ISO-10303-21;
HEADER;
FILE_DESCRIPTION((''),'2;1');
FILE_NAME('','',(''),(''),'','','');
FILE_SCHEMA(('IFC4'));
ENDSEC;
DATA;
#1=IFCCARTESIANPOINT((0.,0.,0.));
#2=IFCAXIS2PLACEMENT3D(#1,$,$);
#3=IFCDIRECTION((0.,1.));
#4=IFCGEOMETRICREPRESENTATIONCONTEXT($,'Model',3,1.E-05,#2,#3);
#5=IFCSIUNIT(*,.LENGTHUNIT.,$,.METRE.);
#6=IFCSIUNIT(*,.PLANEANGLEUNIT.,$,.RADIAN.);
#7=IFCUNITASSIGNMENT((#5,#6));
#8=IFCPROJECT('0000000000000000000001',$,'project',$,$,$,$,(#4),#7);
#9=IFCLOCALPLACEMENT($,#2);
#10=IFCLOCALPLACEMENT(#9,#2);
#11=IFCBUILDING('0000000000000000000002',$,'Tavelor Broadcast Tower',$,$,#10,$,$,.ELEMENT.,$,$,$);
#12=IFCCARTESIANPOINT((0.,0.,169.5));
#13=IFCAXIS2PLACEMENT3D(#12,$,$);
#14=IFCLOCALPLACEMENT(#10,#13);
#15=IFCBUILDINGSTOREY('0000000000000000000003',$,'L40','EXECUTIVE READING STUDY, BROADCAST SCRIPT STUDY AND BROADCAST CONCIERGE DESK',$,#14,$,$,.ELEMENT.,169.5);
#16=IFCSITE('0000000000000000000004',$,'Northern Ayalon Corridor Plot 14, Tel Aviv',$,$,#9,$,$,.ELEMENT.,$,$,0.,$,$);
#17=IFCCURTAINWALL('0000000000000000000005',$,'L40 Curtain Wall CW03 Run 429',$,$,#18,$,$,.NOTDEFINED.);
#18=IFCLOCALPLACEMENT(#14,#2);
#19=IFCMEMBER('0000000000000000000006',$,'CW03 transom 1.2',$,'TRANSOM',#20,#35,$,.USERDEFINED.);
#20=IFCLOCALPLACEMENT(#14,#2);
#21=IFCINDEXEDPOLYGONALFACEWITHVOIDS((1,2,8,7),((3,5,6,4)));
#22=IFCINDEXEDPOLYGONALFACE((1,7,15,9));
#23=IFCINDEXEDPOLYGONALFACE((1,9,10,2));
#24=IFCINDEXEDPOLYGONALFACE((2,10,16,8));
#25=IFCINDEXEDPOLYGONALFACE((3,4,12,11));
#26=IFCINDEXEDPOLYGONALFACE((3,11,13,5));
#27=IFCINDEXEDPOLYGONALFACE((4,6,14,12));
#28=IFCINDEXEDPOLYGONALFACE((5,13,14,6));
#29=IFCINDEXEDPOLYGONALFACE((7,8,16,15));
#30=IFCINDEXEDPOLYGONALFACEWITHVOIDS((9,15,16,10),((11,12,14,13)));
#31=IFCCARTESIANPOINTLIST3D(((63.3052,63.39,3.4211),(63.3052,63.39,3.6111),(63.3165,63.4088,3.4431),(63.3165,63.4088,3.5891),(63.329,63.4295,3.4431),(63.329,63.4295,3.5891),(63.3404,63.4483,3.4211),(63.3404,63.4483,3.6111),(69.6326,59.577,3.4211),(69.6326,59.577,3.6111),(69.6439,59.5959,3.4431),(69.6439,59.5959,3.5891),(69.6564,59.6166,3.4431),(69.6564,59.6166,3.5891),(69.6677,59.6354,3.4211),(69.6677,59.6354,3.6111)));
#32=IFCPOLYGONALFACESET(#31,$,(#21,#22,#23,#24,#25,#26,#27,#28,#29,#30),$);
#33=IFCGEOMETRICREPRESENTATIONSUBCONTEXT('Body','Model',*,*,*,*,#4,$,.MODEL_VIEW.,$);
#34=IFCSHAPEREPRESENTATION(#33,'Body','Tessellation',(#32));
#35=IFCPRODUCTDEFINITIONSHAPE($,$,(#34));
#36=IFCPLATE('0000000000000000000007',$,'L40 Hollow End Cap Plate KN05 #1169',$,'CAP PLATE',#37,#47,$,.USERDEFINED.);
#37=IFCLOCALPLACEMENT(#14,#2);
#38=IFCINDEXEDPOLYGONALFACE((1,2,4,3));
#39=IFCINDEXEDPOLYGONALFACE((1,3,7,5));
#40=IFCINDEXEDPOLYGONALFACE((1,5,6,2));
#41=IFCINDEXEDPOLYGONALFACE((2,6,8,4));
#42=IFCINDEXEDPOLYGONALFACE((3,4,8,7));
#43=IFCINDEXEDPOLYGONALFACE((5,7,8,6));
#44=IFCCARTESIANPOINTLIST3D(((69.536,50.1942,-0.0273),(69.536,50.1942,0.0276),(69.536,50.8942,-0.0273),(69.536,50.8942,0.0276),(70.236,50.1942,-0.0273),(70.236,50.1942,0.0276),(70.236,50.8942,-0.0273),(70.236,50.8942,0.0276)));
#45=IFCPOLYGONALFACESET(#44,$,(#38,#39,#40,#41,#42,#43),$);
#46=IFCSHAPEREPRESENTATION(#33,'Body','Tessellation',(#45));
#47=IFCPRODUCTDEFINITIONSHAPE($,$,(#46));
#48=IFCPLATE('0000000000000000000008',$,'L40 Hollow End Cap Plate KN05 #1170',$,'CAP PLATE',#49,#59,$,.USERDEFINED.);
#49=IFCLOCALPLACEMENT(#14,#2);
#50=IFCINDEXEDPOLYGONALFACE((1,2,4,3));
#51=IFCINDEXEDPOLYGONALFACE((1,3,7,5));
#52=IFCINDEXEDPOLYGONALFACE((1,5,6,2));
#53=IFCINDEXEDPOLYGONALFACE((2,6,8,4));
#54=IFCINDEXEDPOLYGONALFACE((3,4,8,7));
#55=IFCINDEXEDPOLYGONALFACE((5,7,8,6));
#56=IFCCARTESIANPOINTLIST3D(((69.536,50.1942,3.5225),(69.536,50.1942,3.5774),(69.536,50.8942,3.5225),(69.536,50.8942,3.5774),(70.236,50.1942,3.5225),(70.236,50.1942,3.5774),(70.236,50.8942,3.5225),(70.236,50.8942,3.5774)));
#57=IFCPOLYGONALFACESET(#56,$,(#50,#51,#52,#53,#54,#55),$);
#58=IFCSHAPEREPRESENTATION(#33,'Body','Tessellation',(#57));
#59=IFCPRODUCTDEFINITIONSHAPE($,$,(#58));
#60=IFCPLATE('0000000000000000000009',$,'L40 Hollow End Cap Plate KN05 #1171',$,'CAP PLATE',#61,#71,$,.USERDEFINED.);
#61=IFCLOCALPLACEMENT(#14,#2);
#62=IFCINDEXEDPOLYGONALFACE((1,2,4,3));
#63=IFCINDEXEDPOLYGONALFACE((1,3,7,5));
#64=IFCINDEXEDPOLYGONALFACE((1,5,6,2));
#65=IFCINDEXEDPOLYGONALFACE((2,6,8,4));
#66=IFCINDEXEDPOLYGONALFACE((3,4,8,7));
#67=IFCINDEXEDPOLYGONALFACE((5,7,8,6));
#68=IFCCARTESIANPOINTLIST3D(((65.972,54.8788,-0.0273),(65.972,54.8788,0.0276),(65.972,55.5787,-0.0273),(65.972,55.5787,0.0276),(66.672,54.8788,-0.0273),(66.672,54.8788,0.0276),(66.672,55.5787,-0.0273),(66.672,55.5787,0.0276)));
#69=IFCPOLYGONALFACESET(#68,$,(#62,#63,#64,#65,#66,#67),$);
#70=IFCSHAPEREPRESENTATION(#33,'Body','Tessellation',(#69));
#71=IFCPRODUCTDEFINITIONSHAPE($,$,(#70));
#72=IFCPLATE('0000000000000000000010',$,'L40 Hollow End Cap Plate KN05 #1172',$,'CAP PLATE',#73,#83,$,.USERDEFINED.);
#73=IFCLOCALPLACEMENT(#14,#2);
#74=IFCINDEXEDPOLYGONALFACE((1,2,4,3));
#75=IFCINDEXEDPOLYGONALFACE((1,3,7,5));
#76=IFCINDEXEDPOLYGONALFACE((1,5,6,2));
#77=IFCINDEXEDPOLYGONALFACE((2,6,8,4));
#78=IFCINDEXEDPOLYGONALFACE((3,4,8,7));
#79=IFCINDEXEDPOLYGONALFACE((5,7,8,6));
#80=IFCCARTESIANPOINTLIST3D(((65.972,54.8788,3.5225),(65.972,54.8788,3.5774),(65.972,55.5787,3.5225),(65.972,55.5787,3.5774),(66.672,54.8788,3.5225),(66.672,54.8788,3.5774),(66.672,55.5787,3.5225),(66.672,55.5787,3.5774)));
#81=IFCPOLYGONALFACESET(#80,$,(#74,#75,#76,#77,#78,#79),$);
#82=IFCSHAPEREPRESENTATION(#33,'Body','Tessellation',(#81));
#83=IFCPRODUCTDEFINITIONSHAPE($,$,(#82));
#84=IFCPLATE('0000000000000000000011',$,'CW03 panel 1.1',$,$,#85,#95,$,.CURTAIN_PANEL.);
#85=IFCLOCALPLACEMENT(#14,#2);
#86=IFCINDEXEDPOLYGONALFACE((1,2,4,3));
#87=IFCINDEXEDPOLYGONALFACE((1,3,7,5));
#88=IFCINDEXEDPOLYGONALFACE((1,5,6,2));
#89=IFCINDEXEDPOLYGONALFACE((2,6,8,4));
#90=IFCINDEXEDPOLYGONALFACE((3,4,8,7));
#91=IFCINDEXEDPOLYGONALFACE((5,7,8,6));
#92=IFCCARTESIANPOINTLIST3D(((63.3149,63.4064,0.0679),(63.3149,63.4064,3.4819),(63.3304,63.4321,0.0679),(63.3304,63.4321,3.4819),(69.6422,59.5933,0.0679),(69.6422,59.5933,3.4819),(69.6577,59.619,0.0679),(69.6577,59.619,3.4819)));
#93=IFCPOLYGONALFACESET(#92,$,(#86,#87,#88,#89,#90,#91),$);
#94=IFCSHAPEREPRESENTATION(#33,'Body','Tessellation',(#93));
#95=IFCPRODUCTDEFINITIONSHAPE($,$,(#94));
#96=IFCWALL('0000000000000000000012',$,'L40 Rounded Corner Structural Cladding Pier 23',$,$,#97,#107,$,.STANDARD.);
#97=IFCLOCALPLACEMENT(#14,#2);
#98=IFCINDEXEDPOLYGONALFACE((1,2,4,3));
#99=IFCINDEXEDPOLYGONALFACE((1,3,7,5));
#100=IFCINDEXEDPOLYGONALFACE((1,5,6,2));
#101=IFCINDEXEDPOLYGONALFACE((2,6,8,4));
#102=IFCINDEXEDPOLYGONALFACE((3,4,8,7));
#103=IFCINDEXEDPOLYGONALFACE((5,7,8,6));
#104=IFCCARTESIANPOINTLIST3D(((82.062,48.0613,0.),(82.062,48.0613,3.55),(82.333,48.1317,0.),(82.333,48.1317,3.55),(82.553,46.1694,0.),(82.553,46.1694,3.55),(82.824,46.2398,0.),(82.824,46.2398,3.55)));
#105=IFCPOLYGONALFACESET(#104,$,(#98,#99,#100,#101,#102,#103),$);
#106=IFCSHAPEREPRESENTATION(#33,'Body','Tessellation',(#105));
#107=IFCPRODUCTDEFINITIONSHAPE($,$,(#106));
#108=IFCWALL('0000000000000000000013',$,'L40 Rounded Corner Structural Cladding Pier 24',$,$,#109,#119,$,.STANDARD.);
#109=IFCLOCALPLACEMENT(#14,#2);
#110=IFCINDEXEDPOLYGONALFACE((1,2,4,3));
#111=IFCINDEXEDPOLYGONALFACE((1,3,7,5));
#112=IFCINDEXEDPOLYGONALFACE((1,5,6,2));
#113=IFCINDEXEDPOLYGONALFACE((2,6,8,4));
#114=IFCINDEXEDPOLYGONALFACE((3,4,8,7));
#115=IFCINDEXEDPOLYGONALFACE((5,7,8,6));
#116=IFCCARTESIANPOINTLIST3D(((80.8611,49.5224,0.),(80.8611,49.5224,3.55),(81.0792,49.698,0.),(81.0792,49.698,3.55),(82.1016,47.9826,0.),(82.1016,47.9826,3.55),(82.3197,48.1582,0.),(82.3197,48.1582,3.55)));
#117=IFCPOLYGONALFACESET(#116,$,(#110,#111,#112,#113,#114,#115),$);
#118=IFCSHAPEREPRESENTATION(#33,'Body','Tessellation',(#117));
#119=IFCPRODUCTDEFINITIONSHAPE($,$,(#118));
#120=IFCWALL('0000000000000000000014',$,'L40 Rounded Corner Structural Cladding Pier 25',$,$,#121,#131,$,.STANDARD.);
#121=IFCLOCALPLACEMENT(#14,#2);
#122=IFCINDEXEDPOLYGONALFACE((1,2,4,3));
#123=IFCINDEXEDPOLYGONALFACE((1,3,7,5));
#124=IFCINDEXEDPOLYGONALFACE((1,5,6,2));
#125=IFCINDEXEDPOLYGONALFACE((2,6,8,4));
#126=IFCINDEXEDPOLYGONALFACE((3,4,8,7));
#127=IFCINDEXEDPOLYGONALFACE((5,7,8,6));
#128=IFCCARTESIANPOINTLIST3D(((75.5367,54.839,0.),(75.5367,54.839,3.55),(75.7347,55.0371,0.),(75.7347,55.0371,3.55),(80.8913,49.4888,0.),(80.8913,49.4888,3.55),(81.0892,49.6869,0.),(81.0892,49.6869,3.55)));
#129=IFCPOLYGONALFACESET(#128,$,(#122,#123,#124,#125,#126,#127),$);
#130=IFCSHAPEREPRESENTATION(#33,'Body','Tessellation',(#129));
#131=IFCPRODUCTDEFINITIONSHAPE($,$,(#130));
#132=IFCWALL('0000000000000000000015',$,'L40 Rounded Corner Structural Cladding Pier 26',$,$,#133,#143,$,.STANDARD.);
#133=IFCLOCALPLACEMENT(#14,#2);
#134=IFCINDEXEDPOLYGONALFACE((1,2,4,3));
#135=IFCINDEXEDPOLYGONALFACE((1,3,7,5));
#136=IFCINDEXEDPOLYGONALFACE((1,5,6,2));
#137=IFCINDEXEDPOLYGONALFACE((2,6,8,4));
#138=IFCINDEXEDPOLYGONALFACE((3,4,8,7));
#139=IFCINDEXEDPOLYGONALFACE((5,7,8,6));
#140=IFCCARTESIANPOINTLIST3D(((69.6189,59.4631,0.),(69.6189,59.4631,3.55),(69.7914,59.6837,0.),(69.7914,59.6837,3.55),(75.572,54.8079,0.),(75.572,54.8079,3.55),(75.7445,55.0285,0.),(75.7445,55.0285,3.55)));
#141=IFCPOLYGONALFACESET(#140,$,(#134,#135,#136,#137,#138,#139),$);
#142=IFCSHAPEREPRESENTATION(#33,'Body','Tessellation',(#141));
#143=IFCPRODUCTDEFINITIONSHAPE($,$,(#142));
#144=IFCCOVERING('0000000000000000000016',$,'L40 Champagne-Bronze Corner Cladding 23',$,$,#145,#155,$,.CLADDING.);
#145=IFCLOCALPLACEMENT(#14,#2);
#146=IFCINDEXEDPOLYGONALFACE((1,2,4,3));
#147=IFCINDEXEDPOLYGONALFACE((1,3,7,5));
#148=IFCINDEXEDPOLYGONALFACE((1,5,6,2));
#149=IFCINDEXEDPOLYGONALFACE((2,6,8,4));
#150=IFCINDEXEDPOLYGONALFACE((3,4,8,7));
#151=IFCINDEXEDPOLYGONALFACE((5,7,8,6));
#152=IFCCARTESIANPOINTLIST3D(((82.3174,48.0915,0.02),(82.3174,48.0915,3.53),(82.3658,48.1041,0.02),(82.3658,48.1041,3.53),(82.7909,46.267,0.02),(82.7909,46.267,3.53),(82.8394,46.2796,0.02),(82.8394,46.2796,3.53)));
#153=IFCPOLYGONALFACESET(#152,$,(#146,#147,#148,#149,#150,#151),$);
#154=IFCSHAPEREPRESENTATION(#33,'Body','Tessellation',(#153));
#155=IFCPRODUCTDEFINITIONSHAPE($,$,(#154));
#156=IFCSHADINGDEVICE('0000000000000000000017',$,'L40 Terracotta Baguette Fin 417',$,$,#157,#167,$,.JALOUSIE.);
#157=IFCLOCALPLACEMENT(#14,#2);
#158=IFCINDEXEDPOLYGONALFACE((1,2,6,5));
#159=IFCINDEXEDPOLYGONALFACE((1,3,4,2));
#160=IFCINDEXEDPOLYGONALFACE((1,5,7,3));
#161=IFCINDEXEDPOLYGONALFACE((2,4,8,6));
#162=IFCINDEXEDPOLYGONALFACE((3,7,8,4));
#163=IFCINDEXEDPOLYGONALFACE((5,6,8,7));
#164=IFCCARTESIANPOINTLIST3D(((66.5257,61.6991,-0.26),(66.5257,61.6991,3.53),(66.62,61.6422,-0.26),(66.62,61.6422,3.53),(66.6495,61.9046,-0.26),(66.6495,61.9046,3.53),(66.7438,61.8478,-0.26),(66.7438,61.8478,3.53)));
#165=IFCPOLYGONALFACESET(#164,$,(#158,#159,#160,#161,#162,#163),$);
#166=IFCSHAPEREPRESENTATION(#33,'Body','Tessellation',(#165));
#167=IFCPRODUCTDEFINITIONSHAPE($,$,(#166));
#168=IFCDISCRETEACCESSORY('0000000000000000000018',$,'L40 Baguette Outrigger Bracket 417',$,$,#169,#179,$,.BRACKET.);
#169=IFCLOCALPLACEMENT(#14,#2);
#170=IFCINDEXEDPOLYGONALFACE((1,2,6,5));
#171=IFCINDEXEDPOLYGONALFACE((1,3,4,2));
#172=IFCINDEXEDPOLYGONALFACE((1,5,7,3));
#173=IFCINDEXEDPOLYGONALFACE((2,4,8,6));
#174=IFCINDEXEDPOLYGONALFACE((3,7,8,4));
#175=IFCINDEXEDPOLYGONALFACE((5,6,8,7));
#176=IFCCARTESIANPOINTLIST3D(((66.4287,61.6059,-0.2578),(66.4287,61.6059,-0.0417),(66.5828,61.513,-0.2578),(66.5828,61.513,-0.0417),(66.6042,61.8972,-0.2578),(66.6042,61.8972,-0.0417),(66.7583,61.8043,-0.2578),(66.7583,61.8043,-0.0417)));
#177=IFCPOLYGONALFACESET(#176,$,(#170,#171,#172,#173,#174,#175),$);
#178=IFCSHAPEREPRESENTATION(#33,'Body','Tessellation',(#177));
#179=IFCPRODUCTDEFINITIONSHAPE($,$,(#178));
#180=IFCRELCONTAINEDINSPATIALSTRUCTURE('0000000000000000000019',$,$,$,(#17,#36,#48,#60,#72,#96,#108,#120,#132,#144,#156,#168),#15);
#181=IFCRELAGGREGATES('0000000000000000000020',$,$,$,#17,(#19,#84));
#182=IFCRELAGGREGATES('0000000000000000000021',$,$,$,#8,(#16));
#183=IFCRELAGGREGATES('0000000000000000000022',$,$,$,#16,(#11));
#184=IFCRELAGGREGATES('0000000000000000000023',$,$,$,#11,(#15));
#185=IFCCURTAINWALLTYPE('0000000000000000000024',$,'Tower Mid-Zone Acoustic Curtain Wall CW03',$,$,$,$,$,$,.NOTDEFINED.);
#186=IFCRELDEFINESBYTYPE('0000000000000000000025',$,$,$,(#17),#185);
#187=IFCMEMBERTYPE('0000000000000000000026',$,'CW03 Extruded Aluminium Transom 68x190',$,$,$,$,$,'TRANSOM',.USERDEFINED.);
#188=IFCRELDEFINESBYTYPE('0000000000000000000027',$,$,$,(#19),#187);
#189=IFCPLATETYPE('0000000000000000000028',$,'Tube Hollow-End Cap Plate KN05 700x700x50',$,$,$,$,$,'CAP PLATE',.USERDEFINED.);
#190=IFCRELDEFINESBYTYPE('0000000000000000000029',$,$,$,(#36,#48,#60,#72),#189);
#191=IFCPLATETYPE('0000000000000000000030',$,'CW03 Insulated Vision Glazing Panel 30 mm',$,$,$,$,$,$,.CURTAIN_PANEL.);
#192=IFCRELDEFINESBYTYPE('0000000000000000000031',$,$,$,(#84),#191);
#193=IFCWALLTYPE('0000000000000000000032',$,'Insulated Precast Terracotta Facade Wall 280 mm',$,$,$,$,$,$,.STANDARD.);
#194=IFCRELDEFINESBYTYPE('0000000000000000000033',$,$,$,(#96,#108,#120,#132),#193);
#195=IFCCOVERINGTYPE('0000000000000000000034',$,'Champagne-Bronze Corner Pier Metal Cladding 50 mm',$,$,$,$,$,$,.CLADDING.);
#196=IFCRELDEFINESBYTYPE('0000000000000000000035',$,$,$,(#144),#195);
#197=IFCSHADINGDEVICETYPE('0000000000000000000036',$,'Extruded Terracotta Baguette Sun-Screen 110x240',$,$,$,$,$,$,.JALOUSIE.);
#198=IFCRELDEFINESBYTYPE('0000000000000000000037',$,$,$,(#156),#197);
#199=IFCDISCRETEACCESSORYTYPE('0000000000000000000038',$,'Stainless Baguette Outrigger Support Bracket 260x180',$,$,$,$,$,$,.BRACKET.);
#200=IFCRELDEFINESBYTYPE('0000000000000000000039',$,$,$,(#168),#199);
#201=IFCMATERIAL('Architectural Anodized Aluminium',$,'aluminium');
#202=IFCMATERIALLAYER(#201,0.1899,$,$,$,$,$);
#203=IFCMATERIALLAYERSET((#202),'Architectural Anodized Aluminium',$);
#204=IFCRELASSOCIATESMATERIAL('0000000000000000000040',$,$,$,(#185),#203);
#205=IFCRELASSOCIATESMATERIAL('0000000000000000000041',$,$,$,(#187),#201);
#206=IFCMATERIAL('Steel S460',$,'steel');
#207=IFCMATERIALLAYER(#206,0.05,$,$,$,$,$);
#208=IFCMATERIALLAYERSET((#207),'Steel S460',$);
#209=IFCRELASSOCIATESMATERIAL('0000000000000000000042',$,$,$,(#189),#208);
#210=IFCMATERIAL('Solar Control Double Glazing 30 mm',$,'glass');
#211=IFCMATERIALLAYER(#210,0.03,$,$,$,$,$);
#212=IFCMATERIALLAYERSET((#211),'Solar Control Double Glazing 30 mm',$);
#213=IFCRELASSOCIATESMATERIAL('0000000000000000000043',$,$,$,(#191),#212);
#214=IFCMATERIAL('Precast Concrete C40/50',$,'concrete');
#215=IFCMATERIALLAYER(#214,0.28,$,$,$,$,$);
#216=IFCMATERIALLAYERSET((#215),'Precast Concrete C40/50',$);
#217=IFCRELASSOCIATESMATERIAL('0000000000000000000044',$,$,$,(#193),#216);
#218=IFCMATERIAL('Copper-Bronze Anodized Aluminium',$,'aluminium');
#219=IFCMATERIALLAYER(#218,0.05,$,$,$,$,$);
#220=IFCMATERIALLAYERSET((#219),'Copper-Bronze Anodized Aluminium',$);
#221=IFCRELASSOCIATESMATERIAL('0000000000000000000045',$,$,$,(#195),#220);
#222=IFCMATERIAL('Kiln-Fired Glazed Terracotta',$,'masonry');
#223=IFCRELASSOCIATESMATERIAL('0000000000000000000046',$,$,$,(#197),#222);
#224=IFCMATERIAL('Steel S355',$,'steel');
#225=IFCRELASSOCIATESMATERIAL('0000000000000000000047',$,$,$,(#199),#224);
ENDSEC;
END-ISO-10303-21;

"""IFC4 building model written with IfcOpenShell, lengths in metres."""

from ifc_helpers import new_model, si_unit, direction, frame, frame_2d, origin, origin_2d, place, context, subcontext, project, spatial, rectangle, hollow_rectangle, extrude, source, transform, mapped, material, layer, layer_set, material_profile, profile_set, type_object, type_shapes, element, aggregate, save


model = new_model("IFC4")

# Units and contexts
model_context = context("Model", 3, precision=1e-05, world=origin(), true_north=direction((0.0, 1.0)))
body_context = subcontext(model_context, "Body", "Model", "MODEL_VIEW")
ifc_project = project(units=[si_unit("LENGTHUNIT", "METRE"), si_unit("PLANEANGLEUNIT", "RADIAN")], contexts=[model_context])

# Site, building, storey
site_placement = place(None, origin())
site = spatial("IfcSite", under=ifc_project, at=site_placement, Name="Northern Ayalon Corridor Plot 14, Tel Aviv", CompositionType="ELEMENT", RefElevation=0.0)
building_placement = place(site_placement, origin())
building = spatial("IfcBuilding", under=site, at=building_placement, Name="Tavelor Broadcast Tower", CompositionType="ELEMENT")
storey_placement = place(building_placement, frame((0.0, 0.0, 169.5)))
storey = spatial("IfcBuildingStorey", under=building, at=storey_placement, Name="L40", Description="EXECUTIVE READING STUDY, BROADCAST SCRIPT STUDY AND BROADCAST CONCIERGE DESK", CompositionType="ELEMENT", Elevation=169.5)

# Shared definitions
ifc_material_1 = material(Name="Steel S460", Category="steel")

# Shared definitions
ifc_material_2 = material(Name="Steel S355", Category="steel")

# Curtain wall, member
ifc_material_3 = material(Name="Architectural Anodized Aluminium", Category="aluminium")
ifc_layer_1 = layer(ifc_material_3, 0.1899)
ifc_layer_set_1 = layer_set([ifc_layer_1], Name="Architectural Anodized Aluminium")
curtain_wall_type = type_object("IfcCurtainWallType", Name="Tower Mid-Zone Acoustic Curtain Wall CW03", PredefinedType="NOTDEFINED", material=ifc_layer_set_1)
curtain_wall_placement = place(storey_placement, origin())
curtain_wall = element("IfcCurtainWall", 1, at=curtain_wall_placement, inside=storey, type_object=curtain_wall_type, Name="L40 Curtain Wall CW03 Run 429", PredefinedType="NOTDEFINED")
ifc_material_profile_1 = material_profile(ifc_material_3, hollow_rectangle(XDim=0.0681, YDim=0.1899, WallThickness=0.022, at=origin_2d()), Name="RHS 68x190x22")
ifc_profile_set_1 = profile_set([ifc_material_profile_1], Name="Architectural Anodized Aluminium")
member_type_1 = type_object("IfcMemberType", Name="CW03 Extruded Aluminium Transom 68x190", ElementType="TRANSOM", PredefinedType="USERDEFINED", material=ifc_profile_set_1)
shared_shape_1 = source(origin(), body_context, "Body", "SweptSolid", [
    extrude(hollow_rectangle(XDim=0.0681, YDim=0.1899, WallThickness=0.022, at=origin_2d()), origin(), (0.0, 0.0, 1.0), 7.3875),
])
type_shapes(member_type_1, [shared_shape_1])
member_1_placement = place(storey_placement, frame((69.6501, 59.6062, 3.5161), z_axis=(-0.856503, 0.516142, 0.0), x_axis=(-0.516142, -0.856503, 0.0)))
member_1 = element("IfcMember", 2, at=member_1_placement, type_object=member_type_1, Name="CW03 transom 1.2", ObjectType="TRANSOM", PredefinedType="USERDEFINED", context=body_context, shape_type="MappedRepresentation", body=[
    mapped(shared_shape_1, transform((0.0, 0.0, 0.0), scale=1.0)),
])

# Plates
ifc_layer_2 = layer(ifc_material_1, 0.05)
ifc_layer_set_2 = layer_set([ifc_layer_2], Name="Steel S460")
plate_type_1 = type_object("IfcPlateType", Name="Tube Hollow-End Cap Plate KN05 700x700x50", ElementType="CAP PLATE", PredefinedType="USERDEFINED", material=ifc_layer_set_2)
shared_shape_2 = source(origin(), body_context, "Body", "SweptSolid", [
    extrude(rectangle(XDim=0.7, YDim=0.7, at=origin_2d()), origin(), (0.0, 0.0, 1.0), 0.0549),
])
type_shapes(plate_type_1, [shared_shape_2])
for number, where, z_axis, x_axis, name in (
    (3, (69.886, 50.5442, -0.0273), (0.0, 0.0, 1.0), (1.0, 0.0, 0.0), "L40 Hollow End Cap Plate KN05 #1169"),
    (4, (69.886, 50.5442, 3.5225), (0.0, 0.0, 1.0), (1.0, 0.0, 0.0), "L40 Hollow End Cap Plate KN05 #1170"),
    (5, (66.322, 55.2288, -0.0273), (0.0, 0.0, 1.0), (1.0, 0.0, 0.0), "L40 Hollow End Cap Plate KN05 #1171"),
    (6, (66.322, 55.2288, 3.5225), (0.0, 0.0, 1.0), (1.0, 0.0, 0.0), "L40 Hollow End Cap Plate KN05 #1172"),
):
    element("IfcPlate", number, at=place(storey_placement, frame(where, z_axis=z_axis, x_axis=x_axis)), inside=storey, type_object=plate_type_1, Name=name, ObjectType="CAP PLATE", PredefinedType="USERDEFINED", context=body_context, shape_type="MappedRepresentation", body=[
        mapped(shared_shape_2, transform((0.0, 0.0, 0.0), scale=1.0)),
    ])

# Plate
ifc_material_4 = material(Name="Solar Control Double Glazing 30 mm", Category="glass")
ifc_layer_3 = layer(ifc_material_4, 0.03)
ifc_layer_set_3 = layer_set([ifc_layer_3], Name="Solar Control Double Glazing 30 mm")
plate_type_2 = type_object("IfcPlateType", Name="CW03 Insulated Vision Glazing Panel 30 mm", PredefinedType="CURTAIN_PANEL", material=ifc_layer_set_3)
shared_shape_3 = source(origin(), body_context, "Body", "SweptSolid", [
    extrude(rectangle(XDim=7.3875, YDim=0.03, at=origin_2d()), origin(), (0.0, 0.0, 1.0), 3.4141),
])
type_shapes(plate_type_2, [shared_shape_3])
plate_placement = place(storey_placement, frame((66.4863, 61.5127, 0.0679), z_axis=(0.0, 0.0, 1.0), x_axis=(-0.856496, 0.516154, 0.0)))
plate = element("IfcPlate", 7, at=plate_placement, type_object=plate_type_2, Name="CW03 panel 1.1", PredefinedType="CURTAIN_PANEL", context=body_context, shape_type="MappedRepresentation", body=[
    mapped(shared_shape_3, transform((0.0, 0.0, 0.0), scale=1.0)),
])
aggregate(curtain_wall, [member_1, plate])

# Walls
ifc_material_5 = material(Name="Precast Concrete C40/50", Category="concrete")
ifc_layer_4 = layer(ifc_material_5, 0.28)
ifc_layer_set_4 = layer_set([ifc_layer_4], Name="Precast Concrete C40/50")
wall_type = type_object("IfcWallType", Name="Insulated Precast Terracotta Facade Wall 280 mm", PredefinedType="STANDARD", material=ifc_layer_set_4)
wall_1_placement = place(storey_placement, frame((82.6885, 46.2046, 0.0), z_axis=(0.0, 0.0, 1.0), x_axis=(-0.251196, 0.967936, 0.0)))
element("IfcWall", 8, at=wall_1_placement, inside=storey, type_object=wall_type, Name="L40 Rounded Corner Structural Cladding Pier 23", PredefinedType="STANDARD", context=body_context, shape_type="SweptSolid", body=[
    extrude(rectangle(XDim=1.9546, YDim=0.28, at=frame_2d((0.9773, 0.0))), origin(), (0.0, 0.0, 1.0), 3.55),
])
wall_2_placement = place(storey_placement, frame((82.2107, 48.0703, 0.0), z_axis=(0.0, 0.0, 1.0), x_axis=(-0.627357, 0.778732, 0.0)))
element("IfcWall", 9, at=wall_2_placement, inside=storey, type_object=wall_type, Name="L40 Rounded Corner Structural Cladding Pier 24", PredefinedType="STANDARD", context=body_context, shape_type="SweptSolid", body=[
    extrude(rectangle(XDim=1.9773, YDim=0.28, at=frame_2d((0.9888, 0.0))), origin(), (0.0, 0.0, 1.0), 3.55),
])
wall_3_placement = place(storey_placement, frame((80.9902, 49.5879, 0.0), z_axis=(0.0, 0.0, 1.0), x_axis=(-0.707397, 0.706816, 0.0)))
element("IfcWall", 10, at=wall_3_placement, inside=storey, type_object=wall_type, Name="L40 Rounded Corner Structural Cladding Pier 25", PredefinedType="STANDARD", context=body_context, shape_type="SweptSolid", body=[
    extrude(rectangle(XDim=7.5693, YDim=0.28, at=frame_2d((3.7847, 0.0))), origin(), (0.0, 0.0, 1.0), 3.55),
])
wall_4_placement = place(storey_placement, frame((75.6582, 54.9182, 0.0), z_axis=(0.0, 0.0, 1.0), x_axis=(-0.787742, 0.616005, 0.0)))
element("IfcWall", 11, at=wall_4_placement, inside=storey, type_object=wall_type, Name="L40 Rounded Corner Structural Cladding Pier 26", PredefinedType="STANDARD", context=body_context, shape_type="SweptSolid", body=[
    extrude(rectangle(XDim=7.5571, YDim=0.28, at=frame_2d((3.7786, 0.0))), origin(), (0.0, 0.0, 1.0), 3.55),
])

# Covering
ifc_material_6 = material(Name="Copper-Bronze Anodized Aluminium", Category="aluminium")
ifc_layer_5 = layer(ifc_material_6, 0.05)
ifc_layer_set_5 = layer_set([ifc_layer_5], Name="Copper-Bronze Anodized Aluminium")
covering_type = type_object("IfcCoveringType", Name="Champagne-Bronze Corner Pier Metal Cladding 50 mm", PredefinedType="CLADDING", material=ifc_layer_set_5)
covering_placement = place(storey_placement, frame((82.5784, 47.1855, 0.02), z_axis=(0.0, 0.0, 1.0), x_axis=(-0.251225, 0.967929, 0.0)))
element("IfcCovering", 12, at=covering_placement, inside=storey, type_object=covering_type, Name="L40 Champagne-Bronze Corner Cladding 23", PredefinedType="CLADDING", context=body_context, shape_type="SweptSolid", body=[
    extrude(rectangle(XDim=1.885, YDim=0.05, at=origin_2d()), origin(), (0.0, 0.0, 1.0), 3.51),
])

# Shading device
ifc_material_7 = material(Name="Kiln-Fired Glazed Terracotta", Category="masonry")
shading_device_type = type_object("IfcShadingDeviceType", Name="Extruded Terracotta Baguette Sun-Screen 110x240", PredefinedType="JALOUSIE", material=ifc_material_7)
shared_shape_4 = source(origin(), body_context, "Body", "SweptSolid", [
    extrude(rectangle(XDim=0.1101, YDim=0.24, at=origin_2d()), origin(), (0.0, 0.0, 1.0), 3.79),
])
type_shapes(shading_device_type, [shared_shape_4])
shading_device_placement = place(storey_placement, frame((66.6348, 61.7734, -0.26), z_axis=(0.0, 0.0, 1.0), x_axis=(-0.856537, 0.516085, 0.0)))
element("IfcShadingDevice", 13, at=shading_device_placement, inside=storey, type_object=shading_device_type, Name="L40 Terracotta Baguette Fin 417", PredefinedType="JALOUSIE", context=body_context, shape_type="MappedRepresentation", body=[
    mapped(shared_shape_4, transform((0.0, 0.0, 0.0), scale=1.0)),
])

# Discrete accessory
discrete_accessory_type = type_object("IfcDiscreteAccessoryType", Name="Stainless Baguette Outrigger Support Bracket 260x180", PredefinedType="BRACKET", material=ifc_material_2)
shared_shape_5 = source(origin(), body_context, "Body", "SweptSolid", [
    extrude(rectangle(XDim=0.1799, YDim=0.3401, at=origin_2d()), origin(), (0.0, 0.0, 1.0), 0.2161),
])
type_shapes(discrete_accessory_type, [shared_shape_5])
discrete_accessory_placement = place(storey_placement, frame((66.5935, 61.7051, -0.2578), z_axis=(0.0, 0.0, 1.0), x_axis=(-0.856537, 0.516085, 0.0)))
element("IfcDiscreteAccessory", 14, at=discrete_accessory_placement, inside=storey, type_object=discrete_accessory_type, Name="L40 Baguette Outrigger Bracket 417", PredefinedType="BRACKET", context=body_context, shape_type="MappedRepresentation", body=[
    mapped(shared_shape_5, transform((0.0, 0.0, 0.0), scale=1.0)),
])

save(model, "model.ifc")
